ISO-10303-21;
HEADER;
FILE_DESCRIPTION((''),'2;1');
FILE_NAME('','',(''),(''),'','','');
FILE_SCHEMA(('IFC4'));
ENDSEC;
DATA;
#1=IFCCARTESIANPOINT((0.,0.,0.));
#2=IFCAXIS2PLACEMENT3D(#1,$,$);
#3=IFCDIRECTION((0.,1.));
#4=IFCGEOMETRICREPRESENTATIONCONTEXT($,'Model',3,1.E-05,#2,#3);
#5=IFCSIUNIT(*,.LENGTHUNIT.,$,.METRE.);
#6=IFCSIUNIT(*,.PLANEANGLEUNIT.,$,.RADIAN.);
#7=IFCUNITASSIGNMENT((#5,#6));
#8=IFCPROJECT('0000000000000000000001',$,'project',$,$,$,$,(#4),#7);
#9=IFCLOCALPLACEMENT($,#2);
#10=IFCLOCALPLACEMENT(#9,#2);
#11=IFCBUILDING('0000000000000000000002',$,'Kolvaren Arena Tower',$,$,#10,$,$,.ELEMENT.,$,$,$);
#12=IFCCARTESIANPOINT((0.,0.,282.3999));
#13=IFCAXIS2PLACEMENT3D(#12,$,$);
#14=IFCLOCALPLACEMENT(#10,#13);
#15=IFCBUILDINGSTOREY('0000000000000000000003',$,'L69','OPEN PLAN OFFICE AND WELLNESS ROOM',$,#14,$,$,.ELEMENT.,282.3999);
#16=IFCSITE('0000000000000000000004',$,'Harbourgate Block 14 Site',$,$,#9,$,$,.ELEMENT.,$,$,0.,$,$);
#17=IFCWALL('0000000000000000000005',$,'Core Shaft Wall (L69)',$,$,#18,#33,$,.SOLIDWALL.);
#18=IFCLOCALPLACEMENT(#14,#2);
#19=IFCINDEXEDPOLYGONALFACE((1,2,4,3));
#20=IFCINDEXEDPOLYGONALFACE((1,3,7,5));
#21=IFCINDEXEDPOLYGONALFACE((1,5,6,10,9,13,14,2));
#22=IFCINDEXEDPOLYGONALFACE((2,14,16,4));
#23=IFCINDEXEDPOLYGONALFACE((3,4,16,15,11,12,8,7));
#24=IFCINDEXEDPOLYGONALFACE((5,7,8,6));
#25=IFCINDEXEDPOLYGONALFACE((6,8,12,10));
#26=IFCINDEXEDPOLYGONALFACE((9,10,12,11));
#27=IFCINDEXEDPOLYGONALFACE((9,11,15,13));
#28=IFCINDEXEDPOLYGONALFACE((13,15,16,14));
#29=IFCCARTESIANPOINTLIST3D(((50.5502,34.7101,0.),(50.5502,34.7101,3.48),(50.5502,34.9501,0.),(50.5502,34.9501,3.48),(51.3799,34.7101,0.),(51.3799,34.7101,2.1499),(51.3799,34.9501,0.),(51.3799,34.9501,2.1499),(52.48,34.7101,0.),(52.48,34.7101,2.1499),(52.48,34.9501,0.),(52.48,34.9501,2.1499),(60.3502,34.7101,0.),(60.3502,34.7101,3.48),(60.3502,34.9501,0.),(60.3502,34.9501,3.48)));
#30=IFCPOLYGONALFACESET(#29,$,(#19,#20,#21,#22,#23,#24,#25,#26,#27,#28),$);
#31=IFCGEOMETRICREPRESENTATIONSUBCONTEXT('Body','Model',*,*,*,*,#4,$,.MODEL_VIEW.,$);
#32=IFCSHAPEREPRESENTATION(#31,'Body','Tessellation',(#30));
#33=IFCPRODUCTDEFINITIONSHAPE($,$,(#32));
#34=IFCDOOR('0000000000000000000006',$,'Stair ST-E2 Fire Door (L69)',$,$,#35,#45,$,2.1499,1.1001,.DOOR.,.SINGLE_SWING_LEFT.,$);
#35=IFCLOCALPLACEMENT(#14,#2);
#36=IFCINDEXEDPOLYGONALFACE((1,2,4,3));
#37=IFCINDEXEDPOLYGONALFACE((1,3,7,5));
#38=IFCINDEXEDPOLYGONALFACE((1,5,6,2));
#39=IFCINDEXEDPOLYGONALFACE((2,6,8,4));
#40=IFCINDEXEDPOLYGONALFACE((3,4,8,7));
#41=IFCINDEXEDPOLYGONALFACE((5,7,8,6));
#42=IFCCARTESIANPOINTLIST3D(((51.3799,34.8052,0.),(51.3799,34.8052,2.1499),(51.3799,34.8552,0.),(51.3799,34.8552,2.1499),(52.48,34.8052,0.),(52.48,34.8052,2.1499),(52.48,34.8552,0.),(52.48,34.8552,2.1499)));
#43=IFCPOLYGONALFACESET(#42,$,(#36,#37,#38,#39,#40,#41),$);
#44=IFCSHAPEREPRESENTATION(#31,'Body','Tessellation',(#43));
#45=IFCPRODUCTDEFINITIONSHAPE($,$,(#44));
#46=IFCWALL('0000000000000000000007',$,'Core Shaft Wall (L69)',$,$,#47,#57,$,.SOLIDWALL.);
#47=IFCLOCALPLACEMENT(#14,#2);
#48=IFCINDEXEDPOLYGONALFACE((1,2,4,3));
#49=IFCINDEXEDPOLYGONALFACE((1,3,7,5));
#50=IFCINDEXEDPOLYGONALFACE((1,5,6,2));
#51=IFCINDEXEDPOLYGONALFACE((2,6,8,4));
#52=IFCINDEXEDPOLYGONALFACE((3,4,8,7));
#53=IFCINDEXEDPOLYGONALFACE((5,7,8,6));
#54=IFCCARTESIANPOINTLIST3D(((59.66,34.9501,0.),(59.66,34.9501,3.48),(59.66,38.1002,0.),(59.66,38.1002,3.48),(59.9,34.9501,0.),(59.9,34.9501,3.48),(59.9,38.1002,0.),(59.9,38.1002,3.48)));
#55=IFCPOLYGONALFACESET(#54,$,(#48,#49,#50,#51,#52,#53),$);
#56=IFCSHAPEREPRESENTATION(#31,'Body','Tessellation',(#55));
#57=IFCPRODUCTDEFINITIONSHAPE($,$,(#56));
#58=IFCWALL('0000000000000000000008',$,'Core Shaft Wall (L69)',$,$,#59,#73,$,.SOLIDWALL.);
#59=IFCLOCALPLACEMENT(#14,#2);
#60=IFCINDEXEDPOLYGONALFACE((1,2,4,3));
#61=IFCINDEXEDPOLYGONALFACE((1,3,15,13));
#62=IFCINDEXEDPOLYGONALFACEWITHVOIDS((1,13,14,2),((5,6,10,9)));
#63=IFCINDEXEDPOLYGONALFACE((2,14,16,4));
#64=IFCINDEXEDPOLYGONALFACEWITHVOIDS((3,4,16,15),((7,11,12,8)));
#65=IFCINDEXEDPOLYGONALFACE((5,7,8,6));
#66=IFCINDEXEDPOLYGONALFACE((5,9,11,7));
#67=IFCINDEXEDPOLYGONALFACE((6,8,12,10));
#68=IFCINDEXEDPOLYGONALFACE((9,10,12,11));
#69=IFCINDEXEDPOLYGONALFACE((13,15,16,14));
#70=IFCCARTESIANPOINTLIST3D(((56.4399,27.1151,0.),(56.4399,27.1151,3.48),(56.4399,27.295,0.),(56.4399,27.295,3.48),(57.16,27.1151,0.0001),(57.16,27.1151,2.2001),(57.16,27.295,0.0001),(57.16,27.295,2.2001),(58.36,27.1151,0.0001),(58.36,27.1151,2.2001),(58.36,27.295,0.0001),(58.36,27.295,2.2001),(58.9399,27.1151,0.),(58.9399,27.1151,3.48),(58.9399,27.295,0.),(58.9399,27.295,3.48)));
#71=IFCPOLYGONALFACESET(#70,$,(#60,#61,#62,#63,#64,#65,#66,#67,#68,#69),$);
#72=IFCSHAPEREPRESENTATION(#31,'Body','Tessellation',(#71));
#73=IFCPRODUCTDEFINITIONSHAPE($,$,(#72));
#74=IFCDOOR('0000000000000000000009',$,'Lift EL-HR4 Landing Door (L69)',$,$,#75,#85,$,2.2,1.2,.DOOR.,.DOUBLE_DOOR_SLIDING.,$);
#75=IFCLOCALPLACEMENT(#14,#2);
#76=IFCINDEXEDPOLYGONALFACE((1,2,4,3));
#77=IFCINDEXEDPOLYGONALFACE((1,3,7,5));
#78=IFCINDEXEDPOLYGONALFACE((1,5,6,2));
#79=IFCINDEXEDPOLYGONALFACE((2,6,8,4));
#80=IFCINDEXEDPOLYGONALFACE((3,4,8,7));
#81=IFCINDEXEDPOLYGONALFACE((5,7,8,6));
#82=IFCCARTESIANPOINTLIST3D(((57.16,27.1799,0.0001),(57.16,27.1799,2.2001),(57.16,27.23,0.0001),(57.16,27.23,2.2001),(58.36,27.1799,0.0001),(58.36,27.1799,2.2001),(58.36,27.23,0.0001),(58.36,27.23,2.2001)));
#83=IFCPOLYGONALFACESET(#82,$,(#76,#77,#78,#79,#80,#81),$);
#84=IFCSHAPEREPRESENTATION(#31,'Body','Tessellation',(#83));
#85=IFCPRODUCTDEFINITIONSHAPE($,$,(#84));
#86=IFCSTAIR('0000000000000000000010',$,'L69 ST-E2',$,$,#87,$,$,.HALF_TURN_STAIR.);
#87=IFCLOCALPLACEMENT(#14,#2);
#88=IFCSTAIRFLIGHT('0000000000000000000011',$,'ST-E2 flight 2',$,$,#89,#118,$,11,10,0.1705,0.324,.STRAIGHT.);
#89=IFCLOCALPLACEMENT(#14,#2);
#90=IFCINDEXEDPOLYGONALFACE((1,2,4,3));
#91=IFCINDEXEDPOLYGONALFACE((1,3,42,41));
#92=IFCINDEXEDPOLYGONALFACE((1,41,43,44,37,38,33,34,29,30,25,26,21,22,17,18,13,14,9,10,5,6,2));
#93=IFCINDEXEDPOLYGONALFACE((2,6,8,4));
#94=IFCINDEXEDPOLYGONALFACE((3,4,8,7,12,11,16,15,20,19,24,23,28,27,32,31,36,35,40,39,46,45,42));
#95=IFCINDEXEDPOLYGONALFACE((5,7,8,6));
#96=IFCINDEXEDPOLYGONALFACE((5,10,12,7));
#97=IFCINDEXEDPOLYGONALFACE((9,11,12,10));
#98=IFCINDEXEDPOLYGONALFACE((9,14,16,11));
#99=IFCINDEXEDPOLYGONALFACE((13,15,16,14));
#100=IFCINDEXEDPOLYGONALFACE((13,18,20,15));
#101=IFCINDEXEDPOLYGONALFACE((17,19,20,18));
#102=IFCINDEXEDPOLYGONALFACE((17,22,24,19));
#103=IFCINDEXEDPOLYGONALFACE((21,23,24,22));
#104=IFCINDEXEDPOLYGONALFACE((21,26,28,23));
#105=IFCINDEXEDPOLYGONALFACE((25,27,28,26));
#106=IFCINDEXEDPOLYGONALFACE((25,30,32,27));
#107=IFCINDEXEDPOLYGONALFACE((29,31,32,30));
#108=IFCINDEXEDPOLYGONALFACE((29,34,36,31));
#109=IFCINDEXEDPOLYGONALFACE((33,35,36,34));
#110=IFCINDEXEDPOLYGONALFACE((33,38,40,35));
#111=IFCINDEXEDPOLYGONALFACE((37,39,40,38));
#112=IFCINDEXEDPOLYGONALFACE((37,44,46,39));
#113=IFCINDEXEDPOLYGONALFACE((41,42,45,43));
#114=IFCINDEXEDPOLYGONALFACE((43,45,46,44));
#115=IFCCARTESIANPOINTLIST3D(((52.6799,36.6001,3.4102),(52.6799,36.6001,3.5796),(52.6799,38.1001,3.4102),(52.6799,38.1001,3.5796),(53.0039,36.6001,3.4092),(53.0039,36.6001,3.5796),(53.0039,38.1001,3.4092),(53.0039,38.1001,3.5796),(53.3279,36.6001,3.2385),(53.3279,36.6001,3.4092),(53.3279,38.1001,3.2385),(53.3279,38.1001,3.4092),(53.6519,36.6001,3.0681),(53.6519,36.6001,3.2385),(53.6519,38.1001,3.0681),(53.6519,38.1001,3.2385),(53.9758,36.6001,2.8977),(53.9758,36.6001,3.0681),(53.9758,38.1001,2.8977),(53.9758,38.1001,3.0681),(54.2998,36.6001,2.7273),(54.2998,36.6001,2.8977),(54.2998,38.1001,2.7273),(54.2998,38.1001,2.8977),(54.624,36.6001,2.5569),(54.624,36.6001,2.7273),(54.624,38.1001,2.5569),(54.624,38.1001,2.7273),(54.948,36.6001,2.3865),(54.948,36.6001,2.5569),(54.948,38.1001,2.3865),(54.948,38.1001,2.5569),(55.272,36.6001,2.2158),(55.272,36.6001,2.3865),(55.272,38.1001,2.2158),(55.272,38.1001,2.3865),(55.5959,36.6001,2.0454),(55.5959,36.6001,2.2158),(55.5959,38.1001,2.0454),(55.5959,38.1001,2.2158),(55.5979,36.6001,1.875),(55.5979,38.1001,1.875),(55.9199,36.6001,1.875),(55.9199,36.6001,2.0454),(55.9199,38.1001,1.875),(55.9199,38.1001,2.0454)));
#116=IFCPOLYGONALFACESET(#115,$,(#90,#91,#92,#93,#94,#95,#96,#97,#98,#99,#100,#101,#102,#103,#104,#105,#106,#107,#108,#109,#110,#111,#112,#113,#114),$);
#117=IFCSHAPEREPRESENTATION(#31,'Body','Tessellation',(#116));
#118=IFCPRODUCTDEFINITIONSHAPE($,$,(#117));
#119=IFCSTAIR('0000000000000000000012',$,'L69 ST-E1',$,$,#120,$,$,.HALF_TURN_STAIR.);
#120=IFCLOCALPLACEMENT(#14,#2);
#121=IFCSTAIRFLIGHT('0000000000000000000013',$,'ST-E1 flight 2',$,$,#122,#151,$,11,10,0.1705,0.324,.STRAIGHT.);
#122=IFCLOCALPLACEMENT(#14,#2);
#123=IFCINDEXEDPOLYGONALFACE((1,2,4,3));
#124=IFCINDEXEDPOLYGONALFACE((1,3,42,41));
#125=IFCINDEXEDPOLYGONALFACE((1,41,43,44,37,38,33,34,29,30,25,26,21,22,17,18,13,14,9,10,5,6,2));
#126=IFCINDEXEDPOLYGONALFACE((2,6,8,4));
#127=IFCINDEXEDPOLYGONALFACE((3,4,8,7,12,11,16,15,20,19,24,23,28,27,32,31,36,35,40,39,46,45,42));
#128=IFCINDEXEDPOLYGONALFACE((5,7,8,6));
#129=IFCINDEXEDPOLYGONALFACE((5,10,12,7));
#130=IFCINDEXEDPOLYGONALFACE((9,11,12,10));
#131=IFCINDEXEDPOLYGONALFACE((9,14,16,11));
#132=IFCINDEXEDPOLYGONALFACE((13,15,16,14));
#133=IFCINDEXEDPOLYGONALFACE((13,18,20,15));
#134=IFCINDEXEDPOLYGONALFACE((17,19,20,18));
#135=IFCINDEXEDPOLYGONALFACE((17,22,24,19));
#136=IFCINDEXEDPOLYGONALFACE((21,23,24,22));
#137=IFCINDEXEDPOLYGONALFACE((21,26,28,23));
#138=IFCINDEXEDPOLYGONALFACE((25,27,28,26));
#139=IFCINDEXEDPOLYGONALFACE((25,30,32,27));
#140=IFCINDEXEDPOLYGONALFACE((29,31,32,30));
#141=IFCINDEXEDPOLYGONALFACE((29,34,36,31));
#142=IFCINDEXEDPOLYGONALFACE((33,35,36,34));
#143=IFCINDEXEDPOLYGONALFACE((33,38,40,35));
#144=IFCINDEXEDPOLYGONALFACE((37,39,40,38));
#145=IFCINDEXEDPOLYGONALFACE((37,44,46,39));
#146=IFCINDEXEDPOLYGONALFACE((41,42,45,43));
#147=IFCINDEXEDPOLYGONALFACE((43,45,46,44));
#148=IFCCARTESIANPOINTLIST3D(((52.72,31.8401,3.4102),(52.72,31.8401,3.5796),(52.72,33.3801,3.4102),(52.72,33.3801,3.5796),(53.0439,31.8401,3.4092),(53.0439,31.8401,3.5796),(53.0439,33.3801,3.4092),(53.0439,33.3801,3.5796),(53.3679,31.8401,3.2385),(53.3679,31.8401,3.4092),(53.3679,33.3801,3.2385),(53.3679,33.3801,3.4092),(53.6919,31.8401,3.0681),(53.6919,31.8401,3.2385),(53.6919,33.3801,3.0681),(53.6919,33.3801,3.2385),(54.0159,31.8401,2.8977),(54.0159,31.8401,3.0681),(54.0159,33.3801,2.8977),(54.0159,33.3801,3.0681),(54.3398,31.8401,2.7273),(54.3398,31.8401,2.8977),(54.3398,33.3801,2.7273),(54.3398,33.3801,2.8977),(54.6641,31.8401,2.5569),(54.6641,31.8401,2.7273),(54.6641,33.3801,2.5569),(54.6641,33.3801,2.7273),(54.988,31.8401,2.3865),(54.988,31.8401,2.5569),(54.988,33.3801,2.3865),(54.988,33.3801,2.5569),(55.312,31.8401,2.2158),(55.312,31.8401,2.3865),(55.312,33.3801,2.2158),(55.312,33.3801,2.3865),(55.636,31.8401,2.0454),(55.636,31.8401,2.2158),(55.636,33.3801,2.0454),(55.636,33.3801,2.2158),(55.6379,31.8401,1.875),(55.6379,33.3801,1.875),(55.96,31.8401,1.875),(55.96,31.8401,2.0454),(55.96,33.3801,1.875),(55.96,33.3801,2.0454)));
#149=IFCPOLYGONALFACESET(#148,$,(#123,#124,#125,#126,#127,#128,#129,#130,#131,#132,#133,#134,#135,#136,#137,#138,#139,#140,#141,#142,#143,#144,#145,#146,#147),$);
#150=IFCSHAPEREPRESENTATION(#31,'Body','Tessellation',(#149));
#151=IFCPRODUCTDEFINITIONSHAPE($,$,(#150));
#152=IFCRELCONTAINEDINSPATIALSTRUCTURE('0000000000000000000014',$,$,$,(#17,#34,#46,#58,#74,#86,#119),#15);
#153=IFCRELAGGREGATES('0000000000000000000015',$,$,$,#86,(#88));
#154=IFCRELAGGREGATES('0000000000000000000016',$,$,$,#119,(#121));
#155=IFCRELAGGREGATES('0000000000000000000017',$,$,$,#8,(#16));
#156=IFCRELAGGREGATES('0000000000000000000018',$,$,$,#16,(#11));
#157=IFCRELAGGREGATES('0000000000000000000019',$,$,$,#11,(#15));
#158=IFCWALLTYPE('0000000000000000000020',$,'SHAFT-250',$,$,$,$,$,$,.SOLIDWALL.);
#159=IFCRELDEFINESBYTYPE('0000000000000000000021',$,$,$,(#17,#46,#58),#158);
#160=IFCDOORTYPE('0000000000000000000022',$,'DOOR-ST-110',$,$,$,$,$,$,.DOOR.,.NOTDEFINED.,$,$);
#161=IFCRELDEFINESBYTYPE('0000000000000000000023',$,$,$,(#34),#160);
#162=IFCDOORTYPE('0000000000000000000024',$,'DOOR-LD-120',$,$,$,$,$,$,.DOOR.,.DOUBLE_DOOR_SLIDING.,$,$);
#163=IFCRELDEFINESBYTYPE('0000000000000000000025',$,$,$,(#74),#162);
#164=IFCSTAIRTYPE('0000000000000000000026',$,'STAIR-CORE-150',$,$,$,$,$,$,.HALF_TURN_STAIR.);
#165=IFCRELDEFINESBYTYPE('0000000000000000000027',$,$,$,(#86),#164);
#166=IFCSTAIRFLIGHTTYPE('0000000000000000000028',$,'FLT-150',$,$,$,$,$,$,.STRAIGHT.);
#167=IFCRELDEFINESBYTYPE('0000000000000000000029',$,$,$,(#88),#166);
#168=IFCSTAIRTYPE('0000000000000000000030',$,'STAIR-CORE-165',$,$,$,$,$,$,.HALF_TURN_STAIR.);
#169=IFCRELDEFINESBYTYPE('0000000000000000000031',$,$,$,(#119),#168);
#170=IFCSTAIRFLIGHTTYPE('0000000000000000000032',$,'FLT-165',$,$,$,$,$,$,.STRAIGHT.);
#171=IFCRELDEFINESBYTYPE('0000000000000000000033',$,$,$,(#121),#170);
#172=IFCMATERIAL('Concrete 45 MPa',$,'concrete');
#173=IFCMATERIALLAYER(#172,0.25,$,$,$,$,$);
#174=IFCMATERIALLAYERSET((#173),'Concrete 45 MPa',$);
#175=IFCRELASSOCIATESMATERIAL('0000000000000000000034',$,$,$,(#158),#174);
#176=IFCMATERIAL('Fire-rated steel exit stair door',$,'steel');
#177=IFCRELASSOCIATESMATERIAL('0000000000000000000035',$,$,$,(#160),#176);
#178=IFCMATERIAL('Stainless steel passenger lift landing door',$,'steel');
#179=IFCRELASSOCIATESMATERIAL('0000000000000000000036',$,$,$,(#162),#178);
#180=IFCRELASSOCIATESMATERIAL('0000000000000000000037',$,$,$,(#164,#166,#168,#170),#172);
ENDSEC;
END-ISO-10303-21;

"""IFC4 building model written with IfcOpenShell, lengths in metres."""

from ifc_helpers import new_model, si_unit, direction, frame, frame_2d, origin, place, context, subcontext, project, spatial, polyline, rectangle, outline, extrude, material, layer, layer_set, type_object, element, fill, aggregate, save


model = new_model("IFC4")

# Units and contexts
model_context = context("Model", 3, precision=1e-05, world=origin(), true_north=direction((0.0, 1.0)))
body_context = subcontext(model_context, "Body", "Model", "MODEL_VIEW")
ifc_project = project(units=[si_unit("LENGTHUNIT", "METRE"), si_unit("PLANEANGLEUNIT", "RADIAN")], contexts=[model_context])

# Site, building, storey
site_placement = place(None, origin())
site = spatial("IfcSite", under=ifc_project, at=site_placement, Name="Harbourgate Block 14 Site", CompositionType="ELEMENT", RefElevation=0.0)
building_placement = place(site_placement, origin())
building = spatial("IfcBuilding", under=site, at=building_placement, Name="Kolvaren Arena Tower", CompositionType="ELEMENT")
storey_placement = place(building_placement, frame((0.0, 0.0, 282.3999)))
storey = spatial("IfcBuildingStorey", under=building, at=storey_placement, Name="L69", Description="OPEN PLAN OFFICE AND WELLNESS ROOM", CompositionType="ELEMENT", Elevation=282.3999)

# Shared definitions
ifc_material_1 = material(Name="Concrete 45 MPa", Category="concrete")
ifc_layer = layer(ifc_material_1, 0.25)
ifc_layer_set = layer_set([ifc_layer], Name="Concrete 45 MPa")
wall_type = type_object("IfcWallType", Name="SHAFT-250", PredefinedType="SOLIDWALL", material=ifc_layer_set)
ifc_material_2 = material(Name="Fire-rated steel exit stair door", Category="steel")
door_type_1 = type_object("IfcDoorType", Name="DOOR-ST-110", OperationType="NOTDEFINED", PredefinedType="DOOR", material=ifc_material_2)

# Wall, opening, door
wall_1_placement = place(storey_placement, frame((60.3501, 34.8301, 0.0), z_axis=(0.0, 0.0, 1.0), x_axis=(-1.0, 0.0, 0.0)))
wall_1 = element("IfcWall", 1, at=wall_1_placement, inside=storey, type_object=wall_type, Name="Core Shaft Wall (L69)", PredefinedType="SOLIDWALL", context=body_context, shape_type="SweptSolid", body=[
    extrude(rectangle(XDim=9.8, YDim=0.24, at=frame_2d((4.8999, 0.0))), origin(), (0.0, 0.0, 1.0), 3.48),
])
opening_1_placement = place(wall_1_placement, frame((7.8701, 0.0, 0.0)))
opening_1 = element("IfcOpeningElement", 2, at=opening_1_placement, cuts=wall_1, PredefinedType="OPENING", context=body_context, shape_type="SweptSolid", body=[
    extrude(rectangle(XDim=1.1001, YDim=2.1499, at=frame_2d((0.55, 1.075))), frame((0.0, 0.1299, 0.0), z_axis=(0.0, -1.0, 0.0), x_axis=(1.0, 0.0, 0.0)), (0.0, 0.0, 1.0), 0.26),
])
door_1_placement = place(opening_1_placement, origin())
door_1 = element("IfcDoor", 3, at=door_1_placement, inside=storey, type_object=door_type_1, Name="Stair ST-E2 Fire Door (L69)", OperationType="SINGLE_SWING_LEFT", OverallHeight=2.1499, OverallWidth=1.1001, PredefinedType="DOOR", context=body_context, shape_type="SweptSolid", body=[
    extrude(rectangle(XDim=1.1001, YDim=2.1499, at=frame_2d((0.55, 1.075))), frame((0.0, 0.0249, 0.0), z_axis=(0.0, -1.0, 0.0), x_axis=(1.0, 0.0, 0.0)), (0.0, 0.0, 1.0), 0.05),
])
fill(opening_1, door_1)

# Wall
wall_2_placement = place(storey_placement, frame((59.78, 34.95, 0.0), z_axis=(0.0, 0.0, 1.0), x_axis=(0.0, 1.0, 0.0)))
element("IfcWall", 4, at=wall_2_placement, inside=storey, type_object=wall_type, Name="Core Shaft Wall (L69)", PredefinedType="SOLIDWALL", context=body_context, shape_type="SweptSolid", body=[
    extrude(rectangle(XDim=3.1501, YDim=0.24, at=frame_2d((1.5752, 0.0))), origin(), (0.0, 0.0, 1.0), 3.48),
])

# Wall, opening, door
wall_3_placement = place(storey_placement, frame((56.4399, 27.2051, 0.0), z_axis=(0.0, 0.0, 1.0), x_axis=(1.0, 0.0, 0.0)))
wall_3 = element("IfcWall", 5, at=wall_3_placement, inside=storey, type_object=wall_type, Name="Core Shaft Wall (L69)", PredefinedType="SOLIDWALL", context=body_context, shape_type="SweptSolid", body=[
    extrude(rectangle(XDim=2.5, YDim=0.1799, at=frame_2d((1.25, 0.0))), origin(), (0.0, 0.0, 1.0), 3.48),
])
opening_2_placement = place(wall_3_placement, frame((0.72, 0.0, 0.0)))
opening_2 = element("IfcOpeningElement", 6, at=opening_2_placement, cuts=wall_3, PredefinedType="OPENING", context=body_context, shape_type="SweptSolid", body=[
    extrude(rectangle(XDim=1.2, YDim=2.2, at=frame_2d((0.6001, 1.1001))), frame((0.0, 0.0999, 0.0), z_axis=(0.0, -1.0, 0.0), x_axis=(1.0, 0.0, 0.0)), (0.0, 0.0, 1.0), 0.2),
])
ifc_material_3 = material(Name="Stainless steel passenger lift landing door", Category="steel")
door_type_2 = type_object("IfcDoorType", Name="DOOR-LD-120", OperationType="DOUBLE_DOOR_SLIDING", PredefinedType="DOOR", material=ifc_material_3)
door_2_placement = place(opening_2_placement, origin())
door_2 = element("IfcDoor", 7, at=door_2_placement, inside=storey, type_object=door_type_2, Name="Lift EL-HR4 Landing Door (L69)", OperationType="DOUBLE_DOOR_SLIDING", OverallHeight=2.2, OverallWidth=1.2, PredefinedType="DOOR", context=body_context, shape_type="SweptSolid", body=[
    extrude(rectangle(XDim=1.2, YDim=2.2, at=frame_2d((0.6001, 1.1001))), frame((0.0, 0.0249, 0.0), z_axis=(0.0, -1.0, 0.0), x_axis=(1.0, 0.0, 0.0)), (0.0, 0.0, 1.0), 0.05),
])
fill(opening_2, door_2)

# Stairs, stair flights
stair_type_1 = type_object("IfcStairType", Name="STAIR-CORE-150", PredefinedType="HALF_TURN_STAIR", material=ifc_material_1)
stair_1_placement = place(storey_placement, origin())
stair_1 = element("IfcStair", 8, at=stair_1_placement, inside=storey, type_object=stair_type_1, Name="L69 ST-E2", PredefinedType="HALF_TURN_STAIR")
stair_flight_type_1 = type_object("IfcStairFlightType", Name="FLT-150", PredefinedType="STRAIGHT", material=ifc_material_1)
stair_flight_1_placement = place(storey_placement, frame((55.9199, 37.3501, 1.875), z_axis=(0.0, 0.0, 1.0), x_axis=(-1.0, 0.0, 0.0)))
stair_flight_1 = element("IfcStairFlight", 9, at=stair_flight_1_placement, type_object=stair_flight_type_1, Name="ST-E2 flight 2", NumberOfRisers=11, NumberOfTreads=10, PredefinedType="STRAIGHT", RiserHeight=0.1705, TreadLength=0.324, context=body_context, shape_type="SweptSolid", body=[
    extrude(outline(polyline([(0.0, 0.0), (0.0, 0.1704), (0.324, 0.1704), (0.324, 0.3408), (0.6479, 0.3408), (0.6479, 0.5115), (0.9719, 0.5115), (0.9719, 0.6819), (1.2959, 0.6819), (1.2959, 0.8523), (1.6201, 0.8523), (1.6201, 1.0227), (1.9441, 1.0227), (1.9441, 1.1931), (2.2681, 1.1931), (2.2681, 1.3635), (2.592, 1.3635), (2.592, 1.5342), (2.916, 1.5342), (2.916, 1.7046), (3.24, 1.7046), (3.24, 1.875), (3.24, 1.5352), (0.322, 0.0), (0.0, 0.0)])), frame((0.0, 0.75, 0.0), z_axis=(0.0, -1.0, 0.0), x_axis=(1.0, 0.0, 0.0)), (0.0, 0.0, 1.0), 1.5),
])
aggregate(stair_1, [stair_flight_1])
stair_type_2 = type_object("IfcStairType", Name="STAIR-CORE-165", PredefinedType="HALF_TURN_STAIR", material=ifc_material_1)
stair_2_placement = place(storey_placement, origin())
stair_2 = element("IfcStair", 10, at=stair_2_placement, inside=storey, type_object=stair_type_2, Name="L69 ST-E1", PredefinedType="HALF_TURN_STAIR")
stair_flight_type_2 = type_object("IfcStairFlightType", Name="FLT-165", PredefinedType="STRAIGHT", material=ifc_material_1)
stair_flight_2_placement = place(storey_placement, frame((55.96, 32.6101, 1.875), z_axis=(0.0, 0.0, 1.0), x_axis=(-1.0, 0.0, 0.0)))
stair_flight_2 = element("IfcStairFlight", 11, at=stair_flight_2_placement, type_object=stair_flight_type_2, Name="ST-E1 flight 2", NumberOfRisers=11, NumberOfTreads=10, PredefinedType="STRAIGHT", RiserHeight=0.1705, TreadLength=0.324, context=body_context, shape_type="SweptSolid", body=[
    extrude(outline(polyline([(0.0, 0.0), (0.0, 0.1704), (0.324, 0.1704), (0.324, 0.3408), (0.6479, 0.3408), (0.6479, 0.5115), (0.9719, 0.5115), (0.9719, 0.6819), (1.2959, 0.6819), (1.2959, 0.8523), (1.6201, 0.8523), (1.6201, 1.0227), (1.9441, 1.0227), (1.9441, 1.1931), (2.2681, 1.1931), (2.2681, 1.3635), (2.592, 1.3635), (2.592, 1.5342), (2.916, 1.5342), (2.916, 1.7046), (3.24, 1.7046), (3.24, 1.875), (3.24, 1.5352), (0.322, 0.0), (0.0, 0.0)])), frame((0.0, 0.77, 0.0), z_axis=(0.0, -1.0, 0.0), x_axis=(1.0, 0.0, 0.0)), (0.0, 0.0, 1.0), 1.54),
])
aggregate(stair_2, [stair_flight_2])

save(model, "model.ifc")
